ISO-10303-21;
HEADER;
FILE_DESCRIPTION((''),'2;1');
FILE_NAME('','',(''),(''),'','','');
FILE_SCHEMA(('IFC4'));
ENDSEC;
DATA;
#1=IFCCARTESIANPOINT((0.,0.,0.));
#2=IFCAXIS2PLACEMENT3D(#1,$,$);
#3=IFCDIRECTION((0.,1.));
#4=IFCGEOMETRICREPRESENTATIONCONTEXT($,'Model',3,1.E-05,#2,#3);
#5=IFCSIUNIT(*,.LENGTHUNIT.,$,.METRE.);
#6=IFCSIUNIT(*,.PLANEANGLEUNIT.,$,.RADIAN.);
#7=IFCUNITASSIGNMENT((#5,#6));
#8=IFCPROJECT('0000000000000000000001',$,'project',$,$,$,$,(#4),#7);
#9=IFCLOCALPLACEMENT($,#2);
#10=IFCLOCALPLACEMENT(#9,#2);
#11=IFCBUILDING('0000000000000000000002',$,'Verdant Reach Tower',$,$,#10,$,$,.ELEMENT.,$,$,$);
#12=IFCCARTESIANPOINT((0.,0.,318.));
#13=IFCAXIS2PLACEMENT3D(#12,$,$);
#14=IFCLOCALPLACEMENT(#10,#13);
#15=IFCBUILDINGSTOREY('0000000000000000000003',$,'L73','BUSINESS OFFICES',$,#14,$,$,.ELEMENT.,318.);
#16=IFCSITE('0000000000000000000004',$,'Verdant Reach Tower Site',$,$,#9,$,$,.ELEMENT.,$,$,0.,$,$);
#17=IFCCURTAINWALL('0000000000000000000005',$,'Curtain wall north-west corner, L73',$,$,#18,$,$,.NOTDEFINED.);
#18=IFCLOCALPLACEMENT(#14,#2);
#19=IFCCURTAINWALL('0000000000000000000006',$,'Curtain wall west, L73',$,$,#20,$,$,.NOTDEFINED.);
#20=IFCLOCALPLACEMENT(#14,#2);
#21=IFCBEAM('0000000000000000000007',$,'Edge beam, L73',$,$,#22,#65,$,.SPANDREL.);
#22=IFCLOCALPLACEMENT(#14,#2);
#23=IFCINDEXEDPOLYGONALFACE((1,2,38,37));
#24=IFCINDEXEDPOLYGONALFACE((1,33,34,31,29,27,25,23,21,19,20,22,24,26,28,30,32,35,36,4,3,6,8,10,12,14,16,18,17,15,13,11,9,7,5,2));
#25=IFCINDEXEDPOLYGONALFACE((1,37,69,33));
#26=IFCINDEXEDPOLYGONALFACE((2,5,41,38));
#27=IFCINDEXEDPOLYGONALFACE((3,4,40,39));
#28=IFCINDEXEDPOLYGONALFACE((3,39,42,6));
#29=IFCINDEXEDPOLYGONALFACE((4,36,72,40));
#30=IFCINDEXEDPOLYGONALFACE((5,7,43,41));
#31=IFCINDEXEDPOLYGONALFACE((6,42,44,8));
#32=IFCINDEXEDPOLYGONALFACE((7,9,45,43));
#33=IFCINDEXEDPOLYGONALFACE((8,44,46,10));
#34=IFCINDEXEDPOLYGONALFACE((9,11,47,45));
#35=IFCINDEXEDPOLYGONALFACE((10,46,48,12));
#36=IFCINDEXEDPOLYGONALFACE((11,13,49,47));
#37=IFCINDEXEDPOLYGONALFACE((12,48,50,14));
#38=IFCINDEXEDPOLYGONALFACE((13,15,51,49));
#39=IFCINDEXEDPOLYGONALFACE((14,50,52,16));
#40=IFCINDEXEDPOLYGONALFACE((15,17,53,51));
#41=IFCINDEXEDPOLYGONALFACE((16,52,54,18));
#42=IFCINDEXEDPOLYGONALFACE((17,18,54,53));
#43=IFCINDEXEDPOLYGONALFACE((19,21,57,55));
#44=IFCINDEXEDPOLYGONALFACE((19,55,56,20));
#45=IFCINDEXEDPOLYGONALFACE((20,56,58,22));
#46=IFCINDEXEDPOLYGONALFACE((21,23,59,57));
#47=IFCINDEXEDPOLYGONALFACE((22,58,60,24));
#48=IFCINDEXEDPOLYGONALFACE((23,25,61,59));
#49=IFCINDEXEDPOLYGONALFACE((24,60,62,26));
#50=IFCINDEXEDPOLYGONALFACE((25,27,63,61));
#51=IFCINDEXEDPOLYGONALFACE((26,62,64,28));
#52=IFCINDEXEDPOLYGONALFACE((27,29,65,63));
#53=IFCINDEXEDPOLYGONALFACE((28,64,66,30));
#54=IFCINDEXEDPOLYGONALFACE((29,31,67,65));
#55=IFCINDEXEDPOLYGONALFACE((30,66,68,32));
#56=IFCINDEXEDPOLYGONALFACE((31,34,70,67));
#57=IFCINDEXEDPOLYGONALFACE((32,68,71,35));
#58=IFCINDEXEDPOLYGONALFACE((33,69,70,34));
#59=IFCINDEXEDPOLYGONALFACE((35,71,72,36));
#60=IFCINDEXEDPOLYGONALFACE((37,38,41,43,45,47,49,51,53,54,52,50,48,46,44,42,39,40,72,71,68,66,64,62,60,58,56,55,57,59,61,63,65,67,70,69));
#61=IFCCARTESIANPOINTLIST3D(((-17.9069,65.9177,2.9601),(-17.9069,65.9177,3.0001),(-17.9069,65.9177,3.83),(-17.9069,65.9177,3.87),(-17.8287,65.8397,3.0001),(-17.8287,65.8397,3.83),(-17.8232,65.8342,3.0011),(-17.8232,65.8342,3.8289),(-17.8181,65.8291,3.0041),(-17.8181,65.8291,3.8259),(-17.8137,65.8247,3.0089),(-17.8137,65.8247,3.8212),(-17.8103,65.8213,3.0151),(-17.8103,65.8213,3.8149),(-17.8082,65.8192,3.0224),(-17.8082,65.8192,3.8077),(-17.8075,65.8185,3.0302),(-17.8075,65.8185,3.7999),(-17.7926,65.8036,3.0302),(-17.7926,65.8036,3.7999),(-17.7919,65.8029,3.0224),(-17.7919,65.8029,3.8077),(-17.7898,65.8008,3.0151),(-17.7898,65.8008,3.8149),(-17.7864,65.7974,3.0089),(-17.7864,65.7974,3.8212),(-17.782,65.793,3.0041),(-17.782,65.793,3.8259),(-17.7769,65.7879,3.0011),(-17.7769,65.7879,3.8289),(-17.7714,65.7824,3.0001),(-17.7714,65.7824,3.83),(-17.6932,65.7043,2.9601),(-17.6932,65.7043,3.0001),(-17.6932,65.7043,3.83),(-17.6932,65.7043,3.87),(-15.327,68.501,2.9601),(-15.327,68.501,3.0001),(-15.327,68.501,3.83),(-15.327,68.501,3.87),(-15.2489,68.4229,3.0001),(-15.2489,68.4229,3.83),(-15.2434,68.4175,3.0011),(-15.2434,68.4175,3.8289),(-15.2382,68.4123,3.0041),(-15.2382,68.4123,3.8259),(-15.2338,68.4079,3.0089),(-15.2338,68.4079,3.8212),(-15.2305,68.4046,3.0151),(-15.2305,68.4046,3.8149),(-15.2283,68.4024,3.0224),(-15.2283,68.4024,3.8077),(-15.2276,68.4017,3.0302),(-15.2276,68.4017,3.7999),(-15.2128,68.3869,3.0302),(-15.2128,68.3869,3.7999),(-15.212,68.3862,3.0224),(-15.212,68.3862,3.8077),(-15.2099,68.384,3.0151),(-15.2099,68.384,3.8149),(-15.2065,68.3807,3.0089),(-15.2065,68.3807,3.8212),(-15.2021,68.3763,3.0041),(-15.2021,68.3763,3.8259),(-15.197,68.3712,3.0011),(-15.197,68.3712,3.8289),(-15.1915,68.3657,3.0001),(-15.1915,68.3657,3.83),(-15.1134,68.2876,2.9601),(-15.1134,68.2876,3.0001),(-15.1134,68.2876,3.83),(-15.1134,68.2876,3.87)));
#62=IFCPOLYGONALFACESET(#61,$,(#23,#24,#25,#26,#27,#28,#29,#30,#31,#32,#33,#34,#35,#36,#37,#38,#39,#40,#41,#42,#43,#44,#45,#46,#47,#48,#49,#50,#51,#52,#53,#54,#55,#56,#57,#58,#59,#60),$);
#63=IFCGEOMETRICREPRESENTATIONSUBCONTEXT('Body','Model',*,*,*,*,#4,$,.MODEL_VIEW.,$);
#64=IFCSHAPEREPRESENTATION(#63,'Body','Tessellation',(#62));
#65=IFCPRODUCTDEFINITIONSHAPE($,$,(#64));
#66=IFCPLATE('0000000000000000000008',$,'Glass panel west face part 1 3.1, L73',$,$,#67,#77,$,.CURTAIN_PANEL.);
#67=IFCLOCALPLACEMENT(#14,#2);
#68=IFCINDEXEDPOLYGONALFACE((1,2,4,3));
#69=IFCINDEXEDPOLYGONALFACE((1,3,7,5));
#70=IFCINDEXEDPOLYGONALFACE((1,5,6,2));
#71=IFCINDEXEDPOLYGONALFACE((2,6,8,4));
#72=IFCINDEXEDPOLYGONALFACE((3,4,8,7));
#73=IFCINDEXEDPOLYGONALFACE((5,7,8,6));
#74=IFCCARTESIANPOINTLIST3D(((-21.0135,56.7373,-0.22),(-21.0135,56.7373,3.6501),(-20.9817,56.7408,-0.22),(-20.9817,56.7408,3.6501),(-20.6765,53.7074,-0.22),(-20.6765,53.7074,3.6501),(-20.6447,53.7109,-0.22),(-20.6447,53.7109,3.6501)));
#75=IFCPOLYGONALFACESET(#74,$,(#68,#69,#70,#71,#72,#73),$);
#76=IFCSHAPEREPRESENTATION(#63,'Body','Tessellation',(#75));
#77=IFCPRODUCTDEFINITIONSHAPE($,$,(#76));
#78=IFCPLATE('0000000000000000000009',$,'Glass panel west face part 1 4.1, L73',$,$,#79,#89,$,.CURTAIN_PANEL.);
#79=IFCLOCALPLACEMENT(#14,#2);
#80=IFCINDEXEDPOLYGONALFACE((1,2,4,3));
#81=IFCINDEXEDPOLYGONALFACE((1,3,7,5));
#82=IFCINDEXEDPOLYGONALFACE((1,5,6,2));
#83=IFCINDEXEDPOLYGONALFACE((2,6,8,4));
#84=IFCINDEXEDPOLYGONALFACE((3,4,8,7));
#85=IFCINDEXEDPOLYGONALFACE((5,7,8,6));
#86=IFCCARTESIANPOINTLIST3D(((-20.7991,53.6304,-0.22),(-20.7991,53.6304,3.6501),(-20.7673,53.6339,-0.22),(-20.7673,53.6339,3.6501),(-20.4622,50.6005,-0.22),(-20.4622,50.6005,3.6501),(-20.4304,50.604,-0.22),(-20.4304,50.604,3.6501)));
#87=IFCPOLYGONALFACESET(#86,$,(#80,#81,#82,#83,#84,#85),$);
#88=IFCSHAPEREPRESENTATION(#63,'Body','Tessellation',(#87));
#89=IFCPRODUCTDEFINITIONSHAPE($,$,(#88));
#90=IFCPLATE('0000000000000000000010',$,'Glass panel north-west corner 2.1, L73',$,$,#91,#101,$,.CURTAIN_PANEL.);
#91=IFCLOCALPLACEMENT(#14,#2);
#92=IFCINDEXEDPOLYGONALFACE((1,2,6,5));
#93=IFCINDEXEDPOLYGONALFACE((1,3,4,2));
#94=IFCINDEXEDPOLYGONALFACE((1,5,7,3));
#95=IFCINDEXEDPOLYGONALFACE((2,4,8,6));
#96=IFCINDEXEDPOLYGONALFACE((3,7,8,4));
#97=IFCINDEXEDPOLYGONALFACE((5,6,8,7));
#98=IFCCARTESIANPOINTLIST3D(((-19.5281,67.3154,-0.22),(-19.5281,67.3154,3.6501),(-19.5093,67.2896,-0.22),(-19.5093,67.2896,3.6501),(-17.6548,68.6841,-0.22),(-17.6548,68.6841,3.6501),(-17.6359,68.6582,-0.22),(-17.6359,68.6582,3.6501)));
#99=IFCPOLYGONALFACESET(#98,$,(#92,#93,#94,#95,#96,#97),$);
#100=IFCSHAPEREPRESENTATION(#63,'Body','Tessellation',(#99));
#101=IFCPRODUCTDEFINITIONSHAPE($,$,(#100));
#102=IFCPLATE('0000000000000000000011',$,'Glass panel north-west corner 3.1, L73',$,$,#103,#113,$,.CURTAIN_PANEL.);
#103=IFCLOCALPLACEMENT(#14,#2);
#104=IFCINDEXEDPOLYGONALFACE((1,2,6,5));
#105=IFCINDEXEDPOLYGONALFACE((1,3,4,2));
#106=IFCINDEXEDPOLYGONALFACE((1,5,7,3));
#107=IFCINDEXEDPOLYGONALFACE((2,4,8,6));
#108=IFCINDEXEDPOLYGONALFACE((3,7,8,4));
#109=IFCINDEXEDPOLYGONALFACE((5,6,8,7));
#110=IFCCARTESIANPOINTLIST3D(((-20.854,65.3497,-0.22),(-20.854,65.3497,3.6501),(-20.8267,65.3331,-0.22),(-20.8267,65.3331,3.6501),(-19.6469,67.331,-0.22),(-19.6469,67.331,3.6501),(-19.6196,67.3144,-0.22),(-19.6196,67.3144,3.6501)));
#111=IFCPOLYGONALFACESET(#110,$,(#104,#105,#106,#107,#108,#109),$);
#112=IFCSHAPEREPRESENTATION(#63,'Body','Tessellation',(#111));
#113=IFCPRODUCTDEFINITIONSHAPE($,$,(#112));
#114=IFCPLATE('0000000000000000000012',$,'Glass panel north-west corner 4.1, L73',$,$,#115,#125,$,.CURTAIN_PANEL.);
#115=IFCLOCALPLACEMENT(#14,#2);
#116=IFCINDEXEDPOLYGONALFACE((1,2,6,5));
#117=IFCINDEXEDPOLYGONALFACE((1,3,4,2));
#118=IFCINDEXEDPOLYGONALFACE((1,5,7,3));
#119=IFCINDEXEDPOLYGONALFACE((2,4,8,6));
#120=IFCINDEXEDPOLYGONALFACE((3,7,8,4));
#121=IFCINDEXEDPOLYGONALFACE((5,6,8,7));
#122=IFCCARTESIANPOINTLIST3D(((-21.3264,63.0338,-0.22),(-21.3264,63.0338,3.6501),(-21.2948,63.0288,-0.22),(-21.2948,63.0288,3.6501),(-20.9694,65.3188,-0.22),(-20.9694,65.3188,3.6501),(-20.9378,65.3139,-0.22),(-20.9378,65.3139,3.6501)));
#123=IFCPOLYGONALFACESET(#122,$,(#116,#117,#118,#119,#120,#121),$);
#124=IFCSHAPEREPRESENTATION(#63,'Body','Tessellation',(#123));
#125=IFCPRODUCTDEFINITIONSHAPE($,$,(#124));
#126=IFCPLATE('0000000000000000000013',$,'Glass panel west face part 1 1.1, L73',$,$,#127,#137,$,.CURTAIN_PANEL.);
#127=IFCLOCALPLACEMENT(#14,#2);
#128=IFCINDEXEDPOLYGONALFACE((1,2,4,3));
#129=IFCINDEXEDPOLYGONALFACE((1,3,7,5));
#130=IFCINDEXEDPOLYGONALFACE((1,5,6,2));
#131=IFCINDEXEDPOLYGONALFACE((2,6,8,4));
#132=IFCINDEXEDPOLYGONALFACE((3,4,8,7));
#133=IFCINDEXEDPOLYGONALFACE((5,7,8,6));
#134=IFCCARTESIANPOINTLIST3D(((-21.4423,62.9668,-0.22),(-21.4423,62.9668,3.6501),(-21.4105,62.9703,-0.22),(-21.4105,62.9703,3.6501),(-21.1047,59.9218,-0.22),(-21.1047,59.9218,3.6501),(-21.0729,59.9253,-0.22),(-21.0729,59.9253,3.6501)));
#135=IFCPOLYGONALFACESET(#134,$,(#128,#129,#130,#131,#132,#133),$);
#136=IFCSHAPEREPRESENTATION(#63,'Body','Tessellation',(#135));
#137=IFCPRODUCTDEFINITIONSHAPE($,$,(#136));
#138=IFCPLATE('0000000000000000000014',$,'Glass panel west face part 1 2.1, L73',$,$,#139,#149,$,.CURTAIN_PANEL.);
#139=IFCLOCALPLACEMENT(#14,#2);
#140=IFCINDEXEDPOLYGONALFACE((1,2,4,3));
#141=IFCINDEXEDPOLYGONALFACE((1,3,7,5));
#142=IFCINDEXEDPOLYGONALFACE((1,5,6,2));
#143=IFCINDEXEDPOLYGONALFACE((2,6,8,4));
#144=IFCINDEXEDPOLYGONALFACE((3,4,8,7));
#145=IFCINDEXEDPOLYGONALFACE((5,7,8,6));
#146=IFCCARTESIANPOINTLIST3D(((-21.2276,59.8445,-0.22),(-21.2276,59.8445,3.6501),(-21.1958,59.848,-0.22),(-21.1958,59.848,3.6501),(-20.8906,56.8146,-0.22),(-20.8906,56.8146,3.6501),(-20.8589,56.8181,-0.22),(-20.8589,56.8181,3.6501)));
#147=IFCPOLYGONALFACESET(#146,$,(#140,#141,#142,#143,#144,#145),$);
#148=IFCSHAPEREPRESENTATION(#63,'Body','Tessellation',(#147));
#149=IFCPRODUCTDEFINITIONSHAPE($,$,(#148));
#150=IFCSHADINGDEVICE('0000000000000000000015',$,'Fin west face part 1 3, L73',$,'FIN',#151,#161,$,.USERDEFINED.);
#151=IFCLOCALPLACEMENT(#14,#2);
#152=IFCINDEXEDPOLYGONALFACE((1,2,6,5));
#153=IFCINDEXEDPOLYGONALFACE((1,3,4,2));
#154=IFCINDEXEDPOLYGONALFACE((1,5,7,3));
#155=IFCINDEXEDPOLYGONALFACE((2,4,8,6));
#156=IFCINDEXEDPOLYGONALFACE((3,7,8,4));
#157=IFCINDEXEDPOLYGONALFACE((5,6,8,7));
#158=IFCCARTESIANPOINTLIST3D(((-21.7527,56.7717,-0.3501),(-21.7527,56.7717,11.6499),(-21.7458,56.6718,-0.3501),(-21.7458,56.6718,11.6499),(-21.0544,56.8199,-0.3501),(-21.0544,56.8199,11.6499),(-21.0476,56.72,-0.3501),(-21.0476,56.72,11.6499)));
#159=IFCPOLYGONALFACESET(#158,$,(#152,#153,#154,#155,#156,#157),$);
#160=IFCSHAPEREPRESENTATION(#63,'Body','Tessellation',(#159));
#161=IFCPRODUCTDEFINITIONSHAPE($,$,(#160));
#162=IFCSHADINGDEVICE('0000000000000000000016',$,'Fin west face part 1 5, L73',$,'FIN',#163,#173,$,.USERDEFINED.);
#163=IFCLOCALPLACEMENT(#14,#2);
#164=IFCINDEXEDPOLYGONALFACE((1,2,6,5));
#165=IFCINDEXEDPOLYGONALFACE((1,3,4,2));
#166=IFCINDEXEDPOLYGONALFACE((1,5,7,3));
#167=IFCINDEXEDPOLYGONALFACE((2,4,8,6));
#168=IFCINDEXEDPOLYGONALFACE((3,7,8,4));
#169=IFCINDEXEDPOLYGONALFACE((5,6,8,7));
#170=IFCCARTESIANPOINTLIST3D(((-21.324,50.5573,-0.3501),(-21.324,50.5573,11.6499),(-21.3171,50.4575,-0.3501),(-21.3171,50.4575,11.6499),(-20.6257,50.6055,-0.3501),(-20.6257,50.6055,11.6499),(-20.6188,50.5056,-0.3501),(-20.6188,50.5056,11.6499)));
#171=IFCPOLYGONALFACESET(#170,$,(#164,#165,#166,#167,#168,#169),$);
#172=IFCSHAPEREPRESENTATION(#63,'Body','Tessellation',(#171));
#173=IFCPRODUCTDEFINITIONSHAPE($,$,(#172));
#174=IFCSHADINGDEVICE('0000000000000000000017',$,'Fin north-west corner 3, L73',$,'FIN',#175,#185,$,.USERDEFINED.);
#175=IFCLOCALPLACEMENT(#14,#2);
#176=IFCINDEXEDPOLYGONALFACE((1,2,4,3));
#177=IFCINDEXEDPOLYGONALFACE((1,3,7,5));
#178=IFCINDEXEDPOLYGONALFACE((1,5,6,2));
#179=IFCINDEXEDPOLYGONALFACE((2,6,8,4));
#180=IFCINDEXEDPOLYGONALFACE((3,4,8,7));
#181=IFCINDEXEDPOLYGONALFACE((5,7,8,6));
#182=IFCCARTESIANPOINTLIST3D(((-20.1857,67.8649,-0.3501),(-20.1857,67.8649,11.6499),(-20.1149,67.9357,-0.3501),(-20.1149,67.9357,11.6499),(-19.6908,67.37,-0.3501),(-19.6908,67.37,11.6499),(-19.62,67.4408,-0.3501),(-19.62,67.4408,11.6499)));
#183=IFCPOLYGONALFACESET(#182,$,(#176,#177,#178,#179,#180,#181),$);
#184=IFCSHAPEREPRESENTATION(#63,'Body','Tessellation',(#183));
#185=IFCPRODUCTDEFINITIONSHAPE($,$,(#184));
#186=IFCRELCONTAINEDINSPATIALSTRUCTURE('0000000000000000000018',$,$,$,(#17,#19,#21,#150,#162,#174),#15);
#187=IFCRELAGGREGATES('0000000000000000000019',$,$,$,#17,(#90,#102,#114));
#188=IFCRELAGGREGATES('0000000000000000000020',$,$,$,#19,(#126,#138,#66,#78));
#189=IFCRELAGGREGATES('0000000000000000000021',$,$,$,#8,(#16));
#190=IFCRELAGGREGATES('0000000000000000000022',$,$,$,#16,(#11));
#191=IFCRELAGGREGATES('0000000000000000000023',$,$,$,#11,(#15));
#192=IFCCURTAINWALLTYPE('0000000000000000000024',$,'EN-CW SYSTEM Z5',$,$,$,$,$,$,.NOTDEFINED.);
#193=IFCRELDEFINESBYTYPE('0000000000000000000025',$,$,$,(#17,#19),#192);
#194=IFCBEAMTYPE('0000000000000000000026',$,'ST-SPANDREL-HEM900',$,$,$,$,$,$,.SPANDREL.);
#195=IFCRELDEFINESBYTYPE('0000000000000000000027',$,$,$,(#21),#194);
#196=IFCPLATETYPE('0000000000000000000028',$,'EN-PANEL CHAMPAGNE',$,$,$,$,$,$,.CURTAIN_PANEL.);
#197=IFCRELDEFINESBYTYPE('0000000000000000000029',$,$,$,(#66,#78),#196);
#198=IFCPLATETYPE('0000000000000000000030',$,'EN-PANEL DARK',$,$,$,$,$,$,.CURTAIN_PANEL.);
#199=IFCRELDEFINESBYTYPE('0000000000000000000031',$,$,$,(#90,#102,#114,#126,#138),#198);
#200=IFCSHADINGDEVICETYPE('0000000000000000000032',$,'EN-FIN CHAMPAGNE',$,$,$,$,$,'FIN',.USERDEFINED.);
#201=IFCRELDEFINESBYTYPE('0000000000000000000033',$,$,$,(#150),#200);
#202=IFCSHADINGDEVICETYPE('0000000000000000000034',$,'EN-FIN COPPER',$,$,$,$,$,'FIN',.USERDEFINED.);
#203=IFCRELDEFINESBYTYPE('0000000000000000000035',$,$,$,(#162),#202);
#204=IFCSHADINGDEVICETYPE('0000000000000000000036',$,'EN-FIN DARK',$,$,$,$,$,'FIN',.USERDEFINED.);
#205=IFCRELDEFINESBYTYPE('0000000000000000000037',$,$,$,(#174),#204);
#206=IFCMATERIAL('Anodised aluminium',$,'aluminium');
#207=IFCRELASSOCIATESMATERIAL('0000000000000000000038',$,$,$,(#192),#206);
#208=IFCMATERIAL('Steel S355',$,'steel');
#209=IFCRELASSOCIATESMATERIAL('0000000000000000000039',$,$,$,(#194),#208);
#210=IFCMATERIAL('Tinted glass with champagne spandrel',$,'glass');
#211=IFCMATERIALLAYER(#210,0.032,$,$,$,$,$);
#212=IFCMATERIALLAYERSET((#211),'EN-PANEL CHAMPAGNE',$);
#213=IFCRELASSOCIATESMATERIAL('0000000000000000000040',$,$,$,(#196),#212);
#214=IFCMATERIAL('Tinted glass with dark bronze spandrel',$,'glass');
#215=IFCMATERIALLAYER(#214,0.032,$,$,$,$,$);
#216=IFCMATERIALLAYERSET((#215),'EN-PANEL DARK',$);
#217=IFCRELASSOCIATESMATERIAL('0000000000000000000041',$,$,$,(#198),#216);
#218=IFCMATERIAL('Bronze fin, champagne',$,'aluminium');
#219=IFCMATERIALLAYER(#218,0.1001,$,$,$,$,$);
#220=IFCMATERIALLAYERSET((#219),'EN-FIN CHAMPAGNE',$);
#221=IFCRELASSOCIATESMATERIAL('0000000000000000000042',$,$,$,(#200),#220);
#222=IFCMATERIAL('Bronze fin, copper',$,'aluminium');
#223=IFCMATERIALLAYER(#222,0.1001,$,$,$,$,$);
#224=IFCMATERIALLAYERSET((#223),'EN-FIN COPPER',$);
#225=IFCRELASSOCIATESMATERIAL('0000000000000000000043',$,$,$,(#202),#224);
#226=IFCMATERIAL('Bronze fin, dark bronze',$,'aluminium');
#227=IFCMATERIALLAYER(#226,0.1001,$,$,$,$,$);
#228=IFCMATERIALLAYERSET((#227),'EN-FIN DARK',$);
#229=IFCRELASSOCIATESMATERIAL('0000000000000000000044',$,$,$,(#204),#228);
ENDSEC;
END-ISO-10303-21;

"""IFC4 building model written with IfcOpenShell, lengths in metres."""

from ifc_helpers import new_model, si_unit, direction, frame, origin, origin_2d, place, context, subcontext, project, spatial, rectangle, i_section, extrude, material, layer, layer_set, material_profile, profile_set, type_object, element, aggregate, save


model = new_model("IFC4")

# Units and contexts
model_context = context("Model", 3, precision=1e-05, world=origin(), true_north=direction((0.0, 1.0)))
body_context = subcontext(model_context, "Body", "Model", "MODEL_VIEW")
ifc_project = project(units=[si_unit("LENGTHUNIT", "METRE"), si_unit("PLANEANGLEUNIT", "RADIAN")], contexts=[model_context])

# Site, building, storey
site_placement = place(None, origin())
site = spatial("IfcSite", under=ifc_project, at=site_placement, Name="Verdant Reach Tower Site", CompositionType="ELEMENT", RefElevation=0.0)
building_placement = place(site_placement, origin())
building = spatial("IfcBuilding", under=site, at=building_placement, Name="Verdant Reach Tower", CompositionType="ELEMENT")
storey_placement = place(building_placement, frame((0.0, 0.0, 318.0)))
storey = spatial("IfcBuildingStorey", under=building, at=storey_placement, Name="L73", Description="BUSINESS OFFICES", CompositionType="ELEMENT", Elevation=318.0)

# Curtain walls
ifc_material_1 = material(Name="Anodised aluminium", Category="aluminium")
curtain_wall_type = type_object("IfcCurtainWallType", Name="EN-CW SYSTEM Z5", PredefinedType="NOTDEFINED", material=ifc_material_1)
curtain_wall_1_placement = place(storey_placement, origin())
curtain_wall_1 = element("IfcCurtainWall", 1, at=curtain_wall_1_placement, inside=storey, type_object=curtain_wall_type, Name="Curtain wall north-west corner, L73", PredefinedType="NOTDEFINED")
curtain_wall_2_placement = place(storey_placement, origin())
curtain_wall_2 = element("IfcCurtainWall", 2, at=curtain_wall_2_placement, inside=storey, type_object=curtain_wall_type, Name="Curtain wall west, L73", PredefinedType="NOTDEFINED")

# Beam
ifc_material_2 = material(Name="Steel S355", Category="steel")
ifc_material_profile_1 = material_profile(ifc_material_2, i_section(OverallWidth=0.302, OverallDepth=0.9099, WebThickness=0.021, FlangeThickness=0.04, FilletRadius=0.03, at=origin_2d()), Name="HEM 900")
ifc_profile_set_1 = profile_set([ifc_material_profile_1], Name="Steel S355")
beam_type = type_object("IfcBeamType", Name="ST-SPANDREL-HEM900", PredefinedType="SPANDREL", material=ifc_profile_set_1)
beam_1_placement = place(storey_placement, frame((-17.8, 65.811, 3.415), z_axis=(0.706639, 0.707575, 0.0), x_axis=(-0.707575, 0.706639, 0.0)))
element("IfcBeam", 3, at=beam_1_placement, inside=storey, type_object=beam_type, Name="Edge beam, L73", PredefinedType="SPANDREL", context=body_context, shape_type="SweptSolid", body=[
    extrude(i_section(OverallWidth=0.302, OverallDepth=0.9099, WebThickness=0.021, FlangeThickness=0.04, FilletRadius=0.03, at=origin_2d()), origin(), (0.0, 0.0, 1.0), 3.6509),
])

# Plates
ifc_material_3 = material(Name="Tinted glass with champagne spandrel", Category="glass")
ifc_layer_1 = layer(ifc_material_3, 0.032)
ifc_layer_set_1 = layer_set([ifc_layer_1], Name="EN-PANEL CHAMPAGNE")
plate_type_1 = type_object("IfcPlateType", Name="EN-PANEL CHAMPAGNE", PredefinedType="CURTAIN_PANEL", material=ifc_layer_set_1)
plate_1_placement = place(storey_placement, frame((-20.8291, 55.2241, -0.22), z_axis=(0.0, 0.0, 1.0), x_axis=(0.110518, -0.993874, 0.0)))
plate_1 = element("IfcPlate", 4, at=plate_1_placement, type_object=plate_type_1, Name="Glass panel west face part 1 3.1, L73", PredefinedType="CURTAIN_PANEL", context=body_context, shape_type="SweptSolid", body=[
    extrude(rectangle(XDim=3.0486, YDim=0.032, at=origin_2d()), origin(), (0.0, 0.0, 1.0), 3.8701),
])
plate_2_placement = place(storey_placement, frame((-20.6147, 52.1172, -0.22), z_axis=(0.0, 0.0, 1.0), x_axis=(0.110518, -0.993874, 0.0)))
plate_2 = element("IfcPlate", 5, at=plate_2_placement, type_object=plate_type_1, Name="Glass panel west face part 1 4.1, L73", PredefinedType="CURTAIN_PANEL", context=body_context, shape_type="SweptSolid", body=[
    extrude(rectangle(XDim=3.0486, YDim=0.032, at=origin_2d()), origin(), (0.0, 0.0, 1.0), 3.8701),
])
ifc_material_4 = material(Name="Tinted glass with dark bronze spandrel", Category="glass")
ifc_layer_2 = layer(ifc_material_4, 0.032)
ifc_layer_set_2 = layer_set([ifc_layer_2], Name="EN-PANEL DARK")
plate_type_2 = type_object("IfcPlateType", Name="EN-PANEL DARK", PredefinedType="CURTAIN_PANEL", material=ifc_layer_set_2)
plate_3_placement = place(storey_placement, frame((-18.582, 67.9868, -0.22), z_axis=(0.0, 0.0, 1.0), x_axis=(-0.807457, -0.589927, 0.0)))
plate_3 = element("IfcPlate", 6, at=plate_3_placement, type_object=plate_type_2, Name="Glass panel north-west corner 2.1, L73", PredefinedType="CURTAIN_PANEL", context=body_context, shape_type="SweptSolid", body=[
    extrude(rectangle(XDim=2.3201, YDim=0.032, at=origin_2d()), origin(), (0.0, 0.0, 1.0), 3.8701),
])
plate_4_placement = place(storey_placement, frame((-20.2368, 66.332, -0.22), z_axis=(0.0, 0.0, 1.0), x_axis=(-0.520292, -0.853989, 0.0)))
plate_4 = element("IfcPlate", 7, at=plate_4_placement, type_object=plate_type_2, Name="Glass panel north-west corner 3.1, L73", PredefinedType="CURTAIN_PANEL", context=body_context, shape_type="SweptSolid", body=[
    extrude(rectangle(XDim=2.3201, YDim=0.032, at=origin_2d()), origin(), (0.0, 0.0, 1.0), 3.8701),
])
plate_5_placement = place(storey_placement, frame((-21.1321, 64.1738, -0.22), z_axis=(0.0, 0.0, 1.0), x_axis=(-0.154337, -0.988018, 0.0)))
plate_5 = element("IfcPlate", 8, at=plate_5_placement, type_object=plate_type_2, Name="Glass panel north-west corner 4.1, L73", PredefinedType="CURTAIN_PANEL", context=body_context, shape_type="SweptSolid", body=[
    extrude(rectangle(XDim=2.3127, YDim=0.032, at=origin_2d()), origin(), (0.0, 0.0, 1.0), 3.8701),
])
aggregate(curtain_wall_1, [plate_3, plate_4, plate_5])
plate_6_placement = place(storey_placement, frame((-21.2576, 61.446, -0.22), z_axis=(0.0, 0.0, 1.0), x_axis=(0.110198, -0.99391, 0.0)))
plate_6 = element("IfcPlate", 9, at=plate_6_placement, type_object=plate_type_2, Name="Glass panel west face part 1 1.1, L73", PredefinedType="CURTAIN_PANEL", context=body_context, shape_type="SweptSolid", body=[
    extrude(rectangle(XDim=3.0637, YDim=0.032, at=origin_2d()), origin(), (0.0, 0.0, 1.0), 3.8701),
])
plate_7_placement = place(storey_placement, frame((-21.0432, 58.3313, -0.22), z_axis=(0.0, 0.0, 1.0), x_axis=(0.110518, -0.993874, 0.0)))
plate_7 = element("IfcPlate", 10, at=plate_7_placement, type_object=plate_type_2, Name="Glass panel west face part 1 2.1, L73", PredefinedType="CURTAIN_PANEL", context=body_context, shape_type="SweptSolid", body=[
    extrude(rectangle(XDim=3.0486, YDim=0.032, at=origin_2d()), origin(), (0.0, 0.0, 1.0), 3.8701),
])
aggregate(curtain_wall_2, [plate_6, plate_7, plate_1, plate_2])

# Shading devices
ifc_material_5 = material(Name="Bronze fin, champagne", Category="aluminium")
ifc_layer_3 = layer(ifc_material_5, 0.1001)
ifc_layer_set_3 = layer_set([ifc_layer_3], Name="EN-FIN CHAMPAGNE")
shading_device_type_1 = type_object("IfcShadingDeviceType", Name="EN-FIN CHAMPAGNE", ElementType="FIN", PredefinedType="USERDEFINED", material=ifc_layer_set_3)
shading_device_1_placement = place(storey_placement, frame((-21.4001, 56.7458, -0.3501), z_axis=(0.0, 0.0, 1.0), x_axis=(0.068802, -0.99763, 0.0)))
element("IfcShadingDevice", 11, at=shading_device_1_placement, inside=storey, type_object=shading_device_type_1, Name="Fin west face part 1 3, L73", ObjectType="FIN", PredefinedType="USERDEFINED", context=body_context, shape_type="SweptSolid", body=[
    extrude(rectangle(XDim=0.1001, YDim=0.7, at=origin_2d()), origin(), (0.0, 0.0, 1.0), 12.0),
])
ifc_material_6 = material(Name="Bronze fin, copper", Category="aluminium")
ifc_layer_4 = layer(ifc_material_6, 0.1001)
ifc_layer_set_4 = layer_set([ifc_layer_4], Name="EN-FIN COPPER")
shading_device_type_2 = type_object("IfcShadingDeviceType", Name="EN-FIN COPPER", ElementType="FIN", PredefinedType="USERDEFINED", material=ifc_layer_set_4)
shading_device_2_placement = place(storey_placement, frame((-20.9714, 50.5315, -0.3501), z_axis=(0.0, 0.0, 1.0), x_axis=(0.068802, -0.99763, 0.0)))
element("IfcShadingDevice", 12, at=shading_device_2_placement, inside=storey, type_object=shading_device_type_2, Name="Fin west face part 1 5, L73", ObjectType="FIN", PredefinedType="USERDEFINED", context=body_context, shape_type="SweptSolid", body=[
    extrude(rectangle(XDim=0.1001, YDim=0.7, at=origin_2d()), origin(), (0.0, 0.0, 1.0), 12.0),
])
ifc_material_7 = material(Name="Bronze fin, dark bronze", Category="aluminium")
ifc_layer_5 = layer(ifc_material_7, 0.1001)
ifc_layer_set_5 = layer_set([ifc_layer_5], Name="EN-FIN DARK")
shading_device_type_3 = type_object("IfcShadingDeviceType", Name="EN-FIN DARK", ElementType="FIN", PredefinedType="USERDEFINED", material=ifc_layer_set_5)
for number, where, z_axis, x_axis, name in (
    (13, (-19.9028, 67.6528, -0.3501), (0.0, 0.0, 1.0), (-0.707107, -0.707107, 0.0), "Fin north-west corner 3, L73"),
):
    element("IfcShadingDevice", number, at=place(storey_placement, frame(where, z_axis=z_axis, x_axis=x_axis)), inside=storey, type_object=shading_device_type_3, Name=name, ObjectType="FIN", PredefinedType="USERDEFINED", context=body_context, shape_type="SweptSolid", body=[
        extrude(rectangle(XDim=0.1001, YDim=0.7, at=origin_2d()), origin(), (0.0, 0.0, 1.0), 12.0),
    ])

save(model, "model.ifc")
